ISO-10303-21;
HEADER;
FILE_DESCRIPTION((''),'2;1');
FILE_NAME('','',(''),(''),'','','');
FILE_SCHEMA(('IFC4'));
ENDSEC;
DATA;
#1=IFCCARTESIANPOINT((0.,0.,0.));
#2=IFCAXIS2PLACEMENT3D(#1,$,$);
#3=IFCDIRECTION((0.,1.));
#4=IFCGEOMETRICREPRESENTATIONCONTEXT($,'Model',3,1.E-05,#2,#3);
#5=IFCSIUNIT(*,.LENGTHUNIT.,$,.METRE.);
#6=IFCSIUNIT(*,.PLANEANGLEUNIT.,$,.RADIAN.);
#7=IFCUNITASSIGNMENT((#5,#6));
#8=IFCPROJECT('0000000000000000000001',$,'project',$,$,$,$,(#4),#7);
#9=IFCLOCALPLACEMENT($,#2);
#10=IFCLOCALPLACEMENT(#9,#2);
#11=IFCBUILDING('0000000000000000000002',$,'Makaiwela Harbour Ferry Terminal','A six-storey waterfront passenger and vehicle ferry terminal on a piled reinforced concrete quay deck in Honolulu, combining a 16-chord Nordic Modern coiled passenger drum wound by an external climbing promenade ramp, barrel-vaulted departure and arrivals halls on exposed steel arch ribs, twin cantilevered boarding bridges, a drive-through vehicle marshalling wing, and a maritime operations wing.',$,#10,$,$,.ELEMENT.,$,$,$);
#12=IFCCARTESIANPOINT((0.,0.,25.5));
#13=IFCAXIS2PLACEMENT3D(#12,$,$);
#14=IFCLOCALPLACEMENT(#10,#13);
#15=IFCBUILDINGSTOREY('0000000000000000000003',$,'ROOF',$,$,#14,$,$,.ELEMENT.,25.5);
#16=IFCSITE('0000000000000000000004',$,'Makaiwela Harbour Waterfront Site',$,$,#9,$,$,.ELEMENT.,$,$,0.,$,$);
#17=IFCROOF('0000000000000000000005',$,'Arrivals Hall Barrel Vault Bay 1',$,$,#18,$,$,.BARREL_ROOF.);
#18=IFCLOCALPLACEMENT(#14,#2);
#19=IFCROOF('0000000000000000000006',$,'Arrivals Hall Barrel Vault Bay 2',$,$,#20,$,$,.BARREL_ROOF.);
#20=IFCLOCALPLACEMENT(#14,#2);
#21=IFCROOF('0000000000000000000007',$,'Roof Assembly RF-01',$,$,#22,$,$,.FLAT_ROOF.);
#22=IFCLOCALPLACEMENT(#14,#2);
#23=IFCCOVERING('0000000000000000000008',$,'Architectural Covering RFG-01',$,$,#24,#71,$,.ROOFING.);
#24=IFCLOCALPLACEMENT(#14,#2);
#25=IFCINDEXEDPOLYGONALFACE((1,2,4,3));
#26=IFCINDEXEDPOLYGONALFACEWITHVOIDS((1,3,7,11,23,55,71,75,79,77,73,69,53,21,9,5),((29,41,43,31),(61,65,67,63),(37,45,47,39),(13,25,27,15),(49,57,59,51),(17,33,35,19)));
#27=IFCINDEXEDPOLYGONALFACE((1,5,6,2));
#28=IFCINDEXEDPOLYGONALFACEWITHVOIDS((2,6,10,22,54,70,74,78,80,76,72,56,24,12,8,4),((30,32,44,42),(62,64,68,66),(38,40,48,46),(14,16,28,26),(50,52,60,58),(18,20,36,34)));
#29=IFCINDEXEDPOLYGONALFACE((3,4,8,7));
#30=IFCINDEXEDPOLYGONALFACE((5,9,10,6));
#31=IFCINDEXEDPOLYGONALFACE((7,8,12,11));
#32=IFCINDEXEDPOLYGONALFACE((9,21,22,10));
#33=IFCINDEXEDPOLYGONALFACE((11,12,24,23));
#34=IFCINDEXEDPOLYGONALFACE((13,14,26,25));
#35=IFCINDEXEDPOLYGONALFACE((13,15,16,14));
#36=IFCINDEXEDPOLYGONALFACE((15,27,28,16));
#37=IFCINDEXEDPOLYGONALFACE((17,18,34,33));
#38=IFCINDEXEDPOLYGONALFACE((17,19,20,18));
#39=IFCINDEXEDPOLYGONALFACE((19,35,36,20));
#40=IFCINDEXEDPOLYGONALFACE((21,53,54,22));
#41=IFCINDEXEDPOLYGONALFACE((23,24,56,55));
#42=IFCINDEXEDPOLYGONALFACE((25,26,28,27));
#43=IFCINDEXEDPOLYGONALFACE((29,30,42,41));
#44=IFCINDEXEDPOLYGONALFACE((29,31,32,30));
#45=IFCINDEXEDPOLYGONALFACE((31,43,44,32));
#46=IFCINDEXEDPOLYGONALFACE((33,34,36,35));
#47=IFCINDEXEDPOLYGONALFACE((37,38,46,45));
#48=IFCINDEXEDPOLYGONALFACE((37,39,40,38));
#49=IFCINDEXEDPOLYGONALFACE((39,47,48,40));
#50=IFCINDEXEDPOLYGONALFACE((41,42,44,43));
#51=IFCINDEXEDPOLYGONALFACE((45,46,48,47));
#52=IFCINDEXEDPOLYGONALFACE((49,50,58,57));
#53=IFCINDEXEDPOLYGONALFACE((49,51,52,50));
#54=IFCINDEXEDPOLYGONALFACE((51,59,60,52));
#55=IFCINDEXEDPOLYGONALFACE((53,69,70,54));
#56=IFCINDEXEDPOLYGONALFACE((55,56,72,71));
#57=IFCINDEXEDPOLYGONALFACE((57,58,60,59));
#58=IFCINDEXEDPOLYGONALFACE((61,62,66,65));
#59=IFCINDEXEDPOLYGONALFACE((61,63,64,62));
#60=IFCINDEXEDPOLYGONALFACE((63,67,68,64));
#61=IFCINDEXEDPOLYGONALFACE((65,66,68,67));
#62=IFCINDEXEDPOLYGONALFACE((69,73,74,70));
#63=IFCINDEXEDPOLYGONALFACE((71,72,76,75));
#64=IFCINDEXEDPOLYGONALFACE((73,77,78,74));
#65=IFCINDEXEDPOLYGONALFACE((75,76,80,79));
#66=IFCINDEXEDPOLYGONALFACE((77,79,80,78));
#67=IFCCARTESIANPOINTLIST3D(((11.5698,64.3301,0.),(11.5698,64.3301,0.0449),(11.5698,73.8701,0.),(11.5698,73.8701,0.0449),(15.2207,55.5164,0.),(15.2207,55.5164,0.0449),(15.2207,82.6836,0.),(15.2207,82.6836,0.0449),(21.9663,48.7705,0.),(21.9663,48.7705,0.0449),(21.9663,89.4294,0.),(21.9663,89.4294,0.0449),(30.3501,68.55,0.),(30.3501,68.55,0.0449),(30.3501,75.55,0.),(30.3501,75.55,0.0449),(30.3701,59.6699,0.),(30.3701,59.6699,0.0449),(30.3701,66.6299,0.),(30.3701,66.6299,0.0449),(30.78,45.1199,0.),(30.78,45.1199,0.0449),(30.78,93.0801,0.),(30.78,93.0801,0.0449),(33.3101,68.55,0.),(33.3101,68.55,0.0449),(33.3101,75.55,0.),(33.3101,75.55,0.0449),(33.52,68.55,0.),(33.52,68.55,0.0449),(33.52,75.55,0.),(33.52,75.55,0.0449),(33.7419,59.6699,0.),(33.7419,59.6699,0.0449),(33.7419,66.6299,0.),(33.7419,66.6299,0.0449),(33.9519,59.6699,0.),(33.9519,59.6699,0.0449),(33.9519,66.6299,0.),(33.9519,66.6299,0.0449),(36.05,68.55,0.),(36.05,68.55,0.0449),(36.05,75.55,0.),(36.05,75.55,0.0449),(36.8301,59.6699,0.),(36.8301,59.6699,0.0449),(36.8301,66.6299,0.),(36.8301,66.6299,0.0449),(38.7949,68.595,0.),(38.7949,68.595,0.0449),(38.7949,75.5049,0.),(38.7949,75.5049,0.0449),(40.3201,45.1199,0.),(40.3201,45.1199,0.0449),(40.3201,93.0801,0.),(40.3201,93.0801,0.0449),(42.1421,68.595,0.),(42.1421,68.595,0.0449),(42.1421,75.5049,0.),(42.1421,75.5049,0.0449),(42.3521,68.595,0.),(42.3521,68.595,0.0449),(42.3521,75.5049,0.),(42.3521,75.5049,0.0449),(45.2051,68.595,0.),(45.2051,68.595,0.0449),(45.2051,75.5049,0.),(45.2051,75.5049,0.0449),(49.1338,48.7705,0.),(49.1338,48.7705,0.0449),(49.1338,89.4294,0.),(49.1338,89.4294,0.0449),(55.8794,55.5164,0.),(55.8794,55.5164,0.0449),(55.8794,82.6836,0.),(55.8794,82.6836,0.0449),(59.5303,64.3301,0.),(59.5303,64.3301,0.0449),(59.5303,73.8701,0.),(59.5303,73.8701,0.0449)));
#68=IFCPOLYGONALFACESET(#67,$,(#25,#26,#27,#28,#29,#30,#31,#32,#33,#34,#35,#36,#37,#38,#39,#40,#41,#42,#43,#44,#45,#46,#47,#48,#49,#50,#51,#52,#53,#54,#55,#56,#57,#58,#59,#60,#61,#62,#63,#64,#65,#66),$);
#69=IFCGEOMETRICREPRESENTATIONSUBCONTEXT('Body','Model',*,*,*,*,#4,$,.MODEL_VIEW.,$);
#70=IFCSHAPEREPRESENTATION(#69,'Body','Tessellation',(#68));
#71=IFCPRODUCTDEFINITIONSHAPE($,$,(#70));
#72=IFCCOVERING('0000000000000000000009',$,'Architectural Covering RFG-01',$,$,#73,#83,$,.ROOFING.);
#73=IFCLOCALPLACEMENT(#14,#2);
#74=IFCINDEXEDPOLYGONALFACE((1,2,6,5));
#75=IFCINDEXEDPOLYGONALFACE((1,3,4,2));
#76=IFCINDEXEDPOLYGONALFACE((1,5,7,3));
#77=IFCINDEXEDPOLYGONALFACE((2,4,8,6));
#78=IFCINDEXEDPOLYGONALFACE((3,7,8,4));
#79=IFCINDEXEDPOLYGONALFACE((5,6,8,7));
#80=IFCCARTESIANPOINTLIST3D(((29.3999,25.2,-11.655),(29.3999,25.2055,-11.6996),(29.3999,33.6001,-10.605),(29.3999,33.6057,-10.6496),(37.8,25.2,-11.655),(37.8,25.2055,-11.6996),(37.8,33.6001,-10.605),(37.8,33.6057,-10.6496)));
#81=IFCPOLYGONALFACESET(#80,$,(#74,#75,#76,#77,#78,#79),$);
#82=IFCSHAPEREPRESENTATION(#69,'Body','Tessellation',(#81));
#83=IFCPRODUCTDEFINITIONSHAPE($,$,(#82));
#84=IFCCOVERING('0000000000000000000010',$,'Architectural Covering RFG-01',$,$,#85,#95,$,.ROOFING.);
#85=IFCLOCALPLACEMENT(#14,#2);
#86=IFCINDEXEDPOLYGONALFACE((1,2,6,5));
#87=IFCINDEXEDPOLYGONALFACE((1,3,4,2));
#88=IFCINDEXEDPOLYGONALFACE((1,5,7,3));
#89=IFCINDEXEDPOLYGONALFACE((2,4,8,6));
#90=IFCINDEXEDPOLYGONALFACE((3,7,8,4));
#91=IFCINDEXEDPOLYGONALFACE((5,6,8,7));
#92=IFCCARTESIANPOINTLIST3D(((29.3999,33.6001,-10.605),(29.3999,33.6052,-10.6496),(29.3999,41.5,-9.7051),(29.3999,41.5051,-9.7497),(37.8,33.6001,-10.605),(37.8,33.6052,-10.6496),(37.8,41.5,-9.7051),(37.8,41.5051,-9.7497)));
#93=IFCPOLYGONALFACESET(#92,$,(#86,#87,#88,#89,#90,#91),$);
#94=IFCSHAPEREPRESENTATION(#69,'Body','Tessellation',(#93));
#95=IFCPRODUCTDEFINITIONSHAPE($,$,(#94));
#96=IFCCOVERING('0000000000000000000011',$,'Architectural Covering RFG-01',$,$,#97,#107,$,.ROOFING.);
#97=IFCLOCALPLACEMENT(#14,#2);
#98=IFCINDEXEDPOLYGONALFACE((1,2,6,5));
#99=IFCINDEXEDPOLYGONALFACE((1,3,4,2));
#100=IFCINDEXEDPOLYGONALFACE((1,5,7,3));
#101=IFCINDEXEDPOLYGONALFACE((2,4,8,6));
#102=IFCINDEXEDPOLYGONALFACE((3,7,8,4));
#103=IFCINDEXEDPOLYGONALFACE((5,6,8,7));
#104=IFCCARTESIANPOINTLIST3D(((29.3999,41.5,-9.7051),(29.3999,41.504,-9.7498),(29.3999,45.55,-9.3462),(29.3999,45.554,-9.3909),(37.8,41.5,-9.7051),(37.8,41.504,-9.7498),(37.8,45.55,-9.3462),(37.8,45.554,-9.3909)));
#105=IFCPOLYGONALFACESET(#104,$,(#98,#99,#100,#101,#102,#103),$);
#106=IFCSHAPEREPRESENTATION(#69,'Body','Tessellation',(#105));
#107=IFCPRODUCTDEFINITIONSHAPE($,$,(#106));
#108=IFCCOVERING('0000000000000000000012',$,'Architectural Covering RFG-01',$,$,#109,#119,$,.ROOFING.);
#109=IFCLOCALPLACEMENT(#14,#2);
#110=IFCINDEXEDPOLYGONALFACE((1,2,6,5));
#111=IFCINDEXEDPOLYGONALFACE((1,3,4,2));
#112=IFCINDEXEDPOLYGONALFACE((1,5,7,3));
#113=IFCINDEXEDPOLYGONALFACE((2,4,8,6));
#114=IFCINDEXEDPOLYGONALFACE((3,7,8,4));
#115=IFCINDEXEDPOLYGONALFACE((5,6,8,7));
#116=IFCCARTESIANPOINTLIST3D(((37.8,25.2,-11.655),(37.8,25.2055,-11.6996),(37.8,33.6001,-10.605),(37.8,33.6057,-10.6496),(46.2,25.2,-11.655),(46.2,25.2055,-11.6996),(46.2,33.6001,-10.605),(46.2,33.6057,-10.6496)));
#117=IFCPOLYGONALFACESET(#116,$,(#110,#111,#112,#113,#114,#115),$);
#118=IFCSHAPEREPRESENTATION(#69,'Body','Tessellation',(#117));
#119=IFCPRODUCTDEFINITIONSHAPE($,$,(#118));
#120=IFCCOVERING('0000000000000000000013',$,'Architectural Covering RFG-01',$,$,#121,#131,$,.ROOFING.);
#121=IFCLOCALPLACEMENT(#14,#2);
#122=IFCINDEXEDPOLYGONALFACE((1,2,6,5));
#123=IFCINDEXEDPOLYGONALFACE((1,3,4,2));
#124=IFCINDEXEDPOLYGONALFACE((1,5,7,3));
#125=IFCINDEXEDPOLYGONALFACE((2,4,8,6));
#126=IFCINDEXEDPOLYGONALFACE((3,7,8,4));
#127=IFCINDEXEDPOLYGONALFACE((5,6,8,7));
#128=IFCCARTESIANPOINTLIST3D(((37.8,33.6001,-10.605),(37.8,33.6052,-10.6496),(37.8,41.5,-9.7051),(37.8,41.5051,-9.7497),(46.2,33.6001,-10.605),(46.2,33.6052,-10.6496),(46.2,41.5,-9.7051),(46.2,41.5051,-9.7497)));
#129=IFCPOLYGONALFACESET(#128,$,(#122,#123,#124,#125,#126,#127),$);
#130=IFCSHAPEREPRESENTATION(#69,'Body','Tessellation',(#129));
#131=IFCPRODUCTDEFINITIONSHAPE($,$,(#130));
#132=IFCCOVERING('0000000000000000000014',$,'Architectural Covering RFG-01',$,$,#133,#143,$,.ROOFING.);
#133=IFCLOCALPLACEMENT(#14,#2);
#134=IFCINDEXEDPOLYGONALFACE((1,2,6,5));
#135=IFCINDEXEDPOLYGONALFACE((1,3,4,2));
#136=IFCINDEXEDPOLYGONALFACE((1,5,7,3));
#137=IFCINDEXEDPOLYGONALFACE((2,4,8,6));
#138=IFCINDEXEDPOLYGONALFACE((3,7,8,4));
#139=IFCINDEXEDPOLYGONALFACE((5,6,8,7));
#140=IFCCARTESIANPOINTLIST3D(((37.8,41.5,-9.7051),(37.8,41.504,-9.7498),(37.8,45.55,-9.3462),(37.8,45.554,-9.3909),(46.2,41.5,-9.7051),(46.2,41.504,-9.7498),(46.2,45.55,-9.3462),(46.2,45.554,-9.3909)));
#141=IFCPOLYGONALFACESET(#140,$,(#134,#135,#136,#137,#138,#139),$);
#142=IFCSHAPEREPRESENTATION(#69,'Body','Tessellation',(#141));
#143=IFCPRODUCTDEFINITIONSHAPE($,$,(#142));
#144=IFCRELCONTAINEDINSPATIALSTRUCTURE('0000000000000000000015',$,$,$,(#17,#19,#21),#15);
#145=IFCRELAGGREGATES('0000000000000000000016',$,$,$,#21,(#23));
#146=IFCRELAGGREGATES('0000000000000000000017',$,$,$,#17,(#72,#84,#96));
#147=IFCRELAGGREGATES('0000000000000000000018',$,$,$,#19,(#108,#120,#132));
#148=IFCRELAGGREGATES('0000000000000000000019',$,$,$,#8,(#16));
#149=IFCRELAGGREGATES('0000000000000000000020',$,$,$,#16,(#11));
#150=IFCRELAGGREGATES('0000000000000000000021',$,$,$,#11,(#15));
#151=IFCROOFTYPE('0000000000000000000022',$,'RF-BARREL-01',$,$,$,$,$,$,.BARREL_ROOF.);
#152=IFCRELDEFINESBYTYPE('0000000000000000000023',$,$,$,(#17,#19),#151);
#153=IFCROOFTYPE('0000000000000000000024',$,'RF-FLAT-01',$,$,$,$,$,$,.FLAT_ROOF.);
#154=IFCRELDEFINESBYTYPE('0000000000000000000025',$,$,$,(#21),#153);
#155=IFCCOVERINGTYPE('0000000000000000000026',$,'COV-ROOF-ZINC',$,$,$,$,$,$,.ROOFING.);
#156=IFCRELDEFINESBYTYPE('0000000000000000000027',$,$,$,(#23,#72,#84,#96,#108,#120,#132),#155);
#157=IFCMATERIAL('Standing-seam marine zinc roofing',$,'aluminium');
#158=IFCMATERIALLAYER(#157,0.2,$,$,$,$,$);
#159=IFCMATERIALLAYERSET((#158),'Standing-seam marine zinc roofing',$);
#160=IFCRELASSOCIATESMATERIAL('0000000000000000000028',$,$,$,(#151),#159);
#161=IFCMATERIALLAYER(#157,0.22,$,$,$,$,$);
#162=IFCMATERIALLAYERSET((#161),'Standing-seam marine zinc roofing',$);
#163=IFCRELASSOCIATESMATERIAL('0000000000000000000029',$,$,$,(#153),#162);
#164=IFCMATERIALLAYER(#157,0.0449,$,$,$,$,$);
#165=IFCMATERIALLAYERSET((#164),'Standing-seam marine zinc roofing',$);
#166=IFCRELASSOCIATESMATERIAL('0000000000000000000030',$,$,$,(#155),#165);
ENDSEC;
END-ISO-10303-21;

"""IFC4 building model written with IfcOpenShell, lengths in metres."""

from ifc_helpers import new_model, si_unit, direction, frame, origin, place, context, subcontext, project, spatial, polyline, outline, extrude, material, layer, layer_set, type_object, element, aggregate, save


model = new_model("IFC4")

# Units and contexts
model_context = context("Model", 3, precision=1e-05, world=origin(), true_north=direction((0.0, 1.0)))
body_context = subcontext(model_context, "Body", "Model", "MODEL_VIEW")
ifc_project = project(units=[si_unit("LENGTHUNIT", "METRE"), si_unit("PLANEANGLEUNIT", "RADIAN")], contexts=[model_context])

# Site, building, storey
site_placement = place(None, origin())
site = spatial("IfcSite", under=ifc_project, at=site_placement, Name="Makaiwela Harbour Waterfront Site", CompositionType="ELEMENT", RefElevation=0.0)
building_placement = place(site_placement, origin())
building = spatial("IfcBuilding", under=site, at=building_placement, Name="Makaiwela Harbour Ferry Terminal", Description="A six-storey waterfront passenger and vehicle ferry terminal on a piled reinforced concrete quay deck in Honolulu, combining a 16-chord Nordic Modern coiled passenger drum wound by an external climbing promenade ramp, barrel-vaulted departure and arrivals halls on exposed steel arch ribs, twin cantilevered boarding bridges, a drive-through vehicle marshalling wing, and a maritime operations wing.", CompositionType="ELEMENT")
storey_placement = place(building_placement, frame((0.0, 0.0, 25.5)))
storey = spatial("IfcBuildingStorey", under=building, at=storey_placement, Name="ROOF", CompositionType="ELEMENT", Elevation=25.5)

# Roofs
ifc_material_1 = material(Name="Standing-seam marine zinc roofing", Category="aluminium")
ifc_layer_1 = layer(ifc_material_1, 0.2)
ifc_layer_set_1 = layer_set([ifc_layer_1], Name="Standing-seam marine zinc roofing")
roof_type_1 = type_object("IfcRoofType", Name="RF-BARREL-01", PredefinedType="BARREL_ROOF", material=ifc_layer_set_1)
roof_1_placement = place(storey_placement, origin())
roof_1 = element("IfcRoof", 1, at=roof_1_placement, inside=storey, type_object=roof_type_1, Name="Arrivals Hall Barrel Vault Bay 1", PredefinedType="BARREL_ROOF")
roof_2_placement = place(storey_placement, origin())
roof_2 = element("IfcRoof", 2, at=roof_2_placement, inside=storey, type_object=roof_type_1, Name="Arrivals Hall Barrel Vault Bay 2", PredefinedType="BARREL_ROOF")

# Roof
ifc_layer_2 = layer(ifc_material_1, 0.22)
ifc_layer_set_2 = layer_set([ifc_layer_2], Name="Standing-seam marine zinc roofing")
roof_type_2 = type_object("IfcRoofType", Name="RF-FLAT-01", PredefinedType="FLAT_ROOF", material=ifc_layer_set_2)
roof_3_placement = place(storey_placement, origin())
roof_3 = element("IfcRoof", 3, at=roof_3_placement, inside=storey, type_object=roof_type_2, Name="Roof Assembly RF-01", PredefinedType="FLAT_ROOF")

# Coverings
ifc_layer_3 = layer(ifc_material_1, 0.0449)
ifc_layer_set_3 = layer_set([ifc_layer_3], Name="Standing-seam marine zinc roofing")
covering_type = type_object("IfcCoveringType", Name="COV-ROOF-ZINC", PredefinedType="ROOFING", material=ifc_layer_set_3)
covering_1_placement = place(storey_placement, origin())
covering_1 = element("IfcCovering", 4, at=covering_1_placement, type_object=covering_type, Name="Architectural Covering RFG-01", PredefinedType="ROOFING", context=body_context, shape_type="SweptSolid", body=[
    extrude(outline(polyline([(59.5303, 73.8701), (55.8794, 82.6836), (49.1338, 89.4294), (40.3201, 93.0801), (30.78, 93.0801), (21.9663, 89.4294), (15.2207, 82.6836), (11.5698, 73.8701), (11.5698, 64.3301), (15.2207, 55.5164), (21.9663, 48.7705), (30.78, 45.1199), (40.3201, 45.1199), (49.1338, 48.7705), (55.8794, 55.5164), (59.5303, 64.3301), (59.5303, 73.8701)]), holes=[polyline([(38.7949, 68.595), (38.7949, 75.5049), (42.1421, 75.5049), (42.1421, 68.595), (38.7949, 68.595)]), polyline([(42.3521, 68.595), (42.3521, 75.5049), (45.2051, 75.5049), (45.2051, 68.595), (42.3521, 68.595)]), polyline([(30.3701, 59.6699), (30.3701, 66.6299), (33.7419, 66.6299), (33.7419, 59.6699), (30.3701, 59.6699)]), polyline([(33.9519, 59.6699), (33.9519, 66.6299), (36.8301, 66.6299), (36.8301, 59.6699), (33.9519, 59.6699)]), polyline([(30.3501, 68.55), (30.3501, 75.55), (33.3101, 75.55), (33.3101, 68.55), (30.3501, 68.55)]), polyline([(33.52, 68.55), (33.52, 75.55), (36.05, 75.55), (36.05, 68.55), (33.52, 68.55)])]), origin(), (0.0, 0.0, 1.0), 0.0449),
])
aggregate(roof_3, [covering_1])
covering_2_placement = place(storey_placement, frame((29.3999, 25.2, -11.655), z_axis=(0.0, -0.124038, 0.992277), x_axis=(1.0, 0.0, 0.0)))
covering_2 = element("IfcCovering", 5, at=covering_2_placement, type_object=covering_type, Name="Architectural Covering RFG-01", PredefinedType="ROOFING", context=body_context, shape_type="SweptSolid", body=[
    extrude(outline(polyline([(0.0, 0.0), (8.4001, 0.0), (8.4001, 8.4655), (0.0, 8.4655), (0.0, 0.0)])), origin(), (0.0, 0.0, -1.0), 0.0449),
])
covering_3_placement = place(storey_placement, frame((29.3999, 33.6001, -10.605), z_axis=(0.0, -0.113181, 0.993574), x_axis=(1.0, 0.0, 0.0)))
covering_3 = element("IfcCovering", 6, at=covering_3_placement, type_object=covering_type, Name="Architectural Covering RFG-01", PredefinedType="ROOFING", context=body_context, shape_type="SweptSolid", body=[
    extrude(outline(polyline([(0.0, 0.0), (8.4001, 0.0), (8.4001, 7.951), (0.0, 7.951), (0.0, 0.0)])), origin(), (0.0, 0.0, -1.0), 0.0449),
])
covering_4_placement = place(storey_placement, frame((29.3999, 41.5, -9.7051), z_axis=(0.0, -0.088267, 0.996097), x_axis=(1.0, 0.0, 0.0)))
covering_4 = element("IfcCovering", 7, at=covering_4_placement, type_object=covering_type, Name="Architectural Covering RFG-01", PredefinedType="ROOFING", context=body_context, shape_type="SweptSolid", body=[
    extrude(outline(polyline([(0.0, 0.0), (8.4001, 0.0), (8.4001, 4.0659), (0.0, 4.0659), (0.0, 0.0)])), origin(), (0.0, 0.0, -1.0), 0.0449),
])
aggregate(roof_1, [covering_2, covering_3, covering_4])
covering_5_placement = place(storey_placement, frame((37.8, 25.2, -11.655), z_axis=(0.0, -0.124038, 0.992277), x_axis=(1.0, 0.0, 0.0)))
covering_5 = element("IfcCovering", 8, at=covering_5_placement, type_object=covering_type, Name="Architectural Covering RFG-01", PredefinedType="ROOFING", context=body_context, shape_type="SweptSolid", body=[
    extrude(outline(polyline([(0.0, 0.0), (8.3999, 0.0), (8.3999, 8.4655), (0.0, 8.4655), (0.0, 0.0)])), origin(), (0.0, 0.0, -1.0), 0.0449),
])
covering_6_placement = place(storey_placement, frame((37.8, 33.6001, -10.605), z_axis=(0.0, -0.113181, 0.993574), x_axis=(1.0, 0.0, 0.0)))
covering_6 = element("IfcCovering", 9, at=covering_6_placement, type_object=covering_type, Name="Architectural Covering RFG-01", PredefinedType="ROOFING", context=body_context, shape_type="SweptSolid", body=[
    extrude(outline(polyline([(0.0, 0.0), (8.3999, 0.0), (8.3999, 7.951), (0.0, 7.951), (0.0, 0.0)])), origin(), (0.0, 0.0, -1.0), 0.0449),
])
covering_7_placement = place(storey_placement, frame((37.8, 41.5, -9.7051), z_axis=(0.0, -0.088267, 0.996097), x_axis=(1.0, 0.0, 0.0)))
covering_7 = element("IfcCovering", 10, at=covering_7_placement, type_object=covering_type, Name="Architectural Covering RFG-01", PredefinedType="ROOFING", context=body_context, shape_type="SweptSolid", body=[
    extrude(outline(polyline([(0.0, 0.0), (8.3999, 0.0), (8.3999, 4.0659), (0.0, 4.0659), (0.0, 0.0)])), origin(), (0.0, 0.0, -1.0), 0.0449),
])
aggregate(roof_2, [covering_5, covering_6, covering_7])

save(model, "model.ifc")
